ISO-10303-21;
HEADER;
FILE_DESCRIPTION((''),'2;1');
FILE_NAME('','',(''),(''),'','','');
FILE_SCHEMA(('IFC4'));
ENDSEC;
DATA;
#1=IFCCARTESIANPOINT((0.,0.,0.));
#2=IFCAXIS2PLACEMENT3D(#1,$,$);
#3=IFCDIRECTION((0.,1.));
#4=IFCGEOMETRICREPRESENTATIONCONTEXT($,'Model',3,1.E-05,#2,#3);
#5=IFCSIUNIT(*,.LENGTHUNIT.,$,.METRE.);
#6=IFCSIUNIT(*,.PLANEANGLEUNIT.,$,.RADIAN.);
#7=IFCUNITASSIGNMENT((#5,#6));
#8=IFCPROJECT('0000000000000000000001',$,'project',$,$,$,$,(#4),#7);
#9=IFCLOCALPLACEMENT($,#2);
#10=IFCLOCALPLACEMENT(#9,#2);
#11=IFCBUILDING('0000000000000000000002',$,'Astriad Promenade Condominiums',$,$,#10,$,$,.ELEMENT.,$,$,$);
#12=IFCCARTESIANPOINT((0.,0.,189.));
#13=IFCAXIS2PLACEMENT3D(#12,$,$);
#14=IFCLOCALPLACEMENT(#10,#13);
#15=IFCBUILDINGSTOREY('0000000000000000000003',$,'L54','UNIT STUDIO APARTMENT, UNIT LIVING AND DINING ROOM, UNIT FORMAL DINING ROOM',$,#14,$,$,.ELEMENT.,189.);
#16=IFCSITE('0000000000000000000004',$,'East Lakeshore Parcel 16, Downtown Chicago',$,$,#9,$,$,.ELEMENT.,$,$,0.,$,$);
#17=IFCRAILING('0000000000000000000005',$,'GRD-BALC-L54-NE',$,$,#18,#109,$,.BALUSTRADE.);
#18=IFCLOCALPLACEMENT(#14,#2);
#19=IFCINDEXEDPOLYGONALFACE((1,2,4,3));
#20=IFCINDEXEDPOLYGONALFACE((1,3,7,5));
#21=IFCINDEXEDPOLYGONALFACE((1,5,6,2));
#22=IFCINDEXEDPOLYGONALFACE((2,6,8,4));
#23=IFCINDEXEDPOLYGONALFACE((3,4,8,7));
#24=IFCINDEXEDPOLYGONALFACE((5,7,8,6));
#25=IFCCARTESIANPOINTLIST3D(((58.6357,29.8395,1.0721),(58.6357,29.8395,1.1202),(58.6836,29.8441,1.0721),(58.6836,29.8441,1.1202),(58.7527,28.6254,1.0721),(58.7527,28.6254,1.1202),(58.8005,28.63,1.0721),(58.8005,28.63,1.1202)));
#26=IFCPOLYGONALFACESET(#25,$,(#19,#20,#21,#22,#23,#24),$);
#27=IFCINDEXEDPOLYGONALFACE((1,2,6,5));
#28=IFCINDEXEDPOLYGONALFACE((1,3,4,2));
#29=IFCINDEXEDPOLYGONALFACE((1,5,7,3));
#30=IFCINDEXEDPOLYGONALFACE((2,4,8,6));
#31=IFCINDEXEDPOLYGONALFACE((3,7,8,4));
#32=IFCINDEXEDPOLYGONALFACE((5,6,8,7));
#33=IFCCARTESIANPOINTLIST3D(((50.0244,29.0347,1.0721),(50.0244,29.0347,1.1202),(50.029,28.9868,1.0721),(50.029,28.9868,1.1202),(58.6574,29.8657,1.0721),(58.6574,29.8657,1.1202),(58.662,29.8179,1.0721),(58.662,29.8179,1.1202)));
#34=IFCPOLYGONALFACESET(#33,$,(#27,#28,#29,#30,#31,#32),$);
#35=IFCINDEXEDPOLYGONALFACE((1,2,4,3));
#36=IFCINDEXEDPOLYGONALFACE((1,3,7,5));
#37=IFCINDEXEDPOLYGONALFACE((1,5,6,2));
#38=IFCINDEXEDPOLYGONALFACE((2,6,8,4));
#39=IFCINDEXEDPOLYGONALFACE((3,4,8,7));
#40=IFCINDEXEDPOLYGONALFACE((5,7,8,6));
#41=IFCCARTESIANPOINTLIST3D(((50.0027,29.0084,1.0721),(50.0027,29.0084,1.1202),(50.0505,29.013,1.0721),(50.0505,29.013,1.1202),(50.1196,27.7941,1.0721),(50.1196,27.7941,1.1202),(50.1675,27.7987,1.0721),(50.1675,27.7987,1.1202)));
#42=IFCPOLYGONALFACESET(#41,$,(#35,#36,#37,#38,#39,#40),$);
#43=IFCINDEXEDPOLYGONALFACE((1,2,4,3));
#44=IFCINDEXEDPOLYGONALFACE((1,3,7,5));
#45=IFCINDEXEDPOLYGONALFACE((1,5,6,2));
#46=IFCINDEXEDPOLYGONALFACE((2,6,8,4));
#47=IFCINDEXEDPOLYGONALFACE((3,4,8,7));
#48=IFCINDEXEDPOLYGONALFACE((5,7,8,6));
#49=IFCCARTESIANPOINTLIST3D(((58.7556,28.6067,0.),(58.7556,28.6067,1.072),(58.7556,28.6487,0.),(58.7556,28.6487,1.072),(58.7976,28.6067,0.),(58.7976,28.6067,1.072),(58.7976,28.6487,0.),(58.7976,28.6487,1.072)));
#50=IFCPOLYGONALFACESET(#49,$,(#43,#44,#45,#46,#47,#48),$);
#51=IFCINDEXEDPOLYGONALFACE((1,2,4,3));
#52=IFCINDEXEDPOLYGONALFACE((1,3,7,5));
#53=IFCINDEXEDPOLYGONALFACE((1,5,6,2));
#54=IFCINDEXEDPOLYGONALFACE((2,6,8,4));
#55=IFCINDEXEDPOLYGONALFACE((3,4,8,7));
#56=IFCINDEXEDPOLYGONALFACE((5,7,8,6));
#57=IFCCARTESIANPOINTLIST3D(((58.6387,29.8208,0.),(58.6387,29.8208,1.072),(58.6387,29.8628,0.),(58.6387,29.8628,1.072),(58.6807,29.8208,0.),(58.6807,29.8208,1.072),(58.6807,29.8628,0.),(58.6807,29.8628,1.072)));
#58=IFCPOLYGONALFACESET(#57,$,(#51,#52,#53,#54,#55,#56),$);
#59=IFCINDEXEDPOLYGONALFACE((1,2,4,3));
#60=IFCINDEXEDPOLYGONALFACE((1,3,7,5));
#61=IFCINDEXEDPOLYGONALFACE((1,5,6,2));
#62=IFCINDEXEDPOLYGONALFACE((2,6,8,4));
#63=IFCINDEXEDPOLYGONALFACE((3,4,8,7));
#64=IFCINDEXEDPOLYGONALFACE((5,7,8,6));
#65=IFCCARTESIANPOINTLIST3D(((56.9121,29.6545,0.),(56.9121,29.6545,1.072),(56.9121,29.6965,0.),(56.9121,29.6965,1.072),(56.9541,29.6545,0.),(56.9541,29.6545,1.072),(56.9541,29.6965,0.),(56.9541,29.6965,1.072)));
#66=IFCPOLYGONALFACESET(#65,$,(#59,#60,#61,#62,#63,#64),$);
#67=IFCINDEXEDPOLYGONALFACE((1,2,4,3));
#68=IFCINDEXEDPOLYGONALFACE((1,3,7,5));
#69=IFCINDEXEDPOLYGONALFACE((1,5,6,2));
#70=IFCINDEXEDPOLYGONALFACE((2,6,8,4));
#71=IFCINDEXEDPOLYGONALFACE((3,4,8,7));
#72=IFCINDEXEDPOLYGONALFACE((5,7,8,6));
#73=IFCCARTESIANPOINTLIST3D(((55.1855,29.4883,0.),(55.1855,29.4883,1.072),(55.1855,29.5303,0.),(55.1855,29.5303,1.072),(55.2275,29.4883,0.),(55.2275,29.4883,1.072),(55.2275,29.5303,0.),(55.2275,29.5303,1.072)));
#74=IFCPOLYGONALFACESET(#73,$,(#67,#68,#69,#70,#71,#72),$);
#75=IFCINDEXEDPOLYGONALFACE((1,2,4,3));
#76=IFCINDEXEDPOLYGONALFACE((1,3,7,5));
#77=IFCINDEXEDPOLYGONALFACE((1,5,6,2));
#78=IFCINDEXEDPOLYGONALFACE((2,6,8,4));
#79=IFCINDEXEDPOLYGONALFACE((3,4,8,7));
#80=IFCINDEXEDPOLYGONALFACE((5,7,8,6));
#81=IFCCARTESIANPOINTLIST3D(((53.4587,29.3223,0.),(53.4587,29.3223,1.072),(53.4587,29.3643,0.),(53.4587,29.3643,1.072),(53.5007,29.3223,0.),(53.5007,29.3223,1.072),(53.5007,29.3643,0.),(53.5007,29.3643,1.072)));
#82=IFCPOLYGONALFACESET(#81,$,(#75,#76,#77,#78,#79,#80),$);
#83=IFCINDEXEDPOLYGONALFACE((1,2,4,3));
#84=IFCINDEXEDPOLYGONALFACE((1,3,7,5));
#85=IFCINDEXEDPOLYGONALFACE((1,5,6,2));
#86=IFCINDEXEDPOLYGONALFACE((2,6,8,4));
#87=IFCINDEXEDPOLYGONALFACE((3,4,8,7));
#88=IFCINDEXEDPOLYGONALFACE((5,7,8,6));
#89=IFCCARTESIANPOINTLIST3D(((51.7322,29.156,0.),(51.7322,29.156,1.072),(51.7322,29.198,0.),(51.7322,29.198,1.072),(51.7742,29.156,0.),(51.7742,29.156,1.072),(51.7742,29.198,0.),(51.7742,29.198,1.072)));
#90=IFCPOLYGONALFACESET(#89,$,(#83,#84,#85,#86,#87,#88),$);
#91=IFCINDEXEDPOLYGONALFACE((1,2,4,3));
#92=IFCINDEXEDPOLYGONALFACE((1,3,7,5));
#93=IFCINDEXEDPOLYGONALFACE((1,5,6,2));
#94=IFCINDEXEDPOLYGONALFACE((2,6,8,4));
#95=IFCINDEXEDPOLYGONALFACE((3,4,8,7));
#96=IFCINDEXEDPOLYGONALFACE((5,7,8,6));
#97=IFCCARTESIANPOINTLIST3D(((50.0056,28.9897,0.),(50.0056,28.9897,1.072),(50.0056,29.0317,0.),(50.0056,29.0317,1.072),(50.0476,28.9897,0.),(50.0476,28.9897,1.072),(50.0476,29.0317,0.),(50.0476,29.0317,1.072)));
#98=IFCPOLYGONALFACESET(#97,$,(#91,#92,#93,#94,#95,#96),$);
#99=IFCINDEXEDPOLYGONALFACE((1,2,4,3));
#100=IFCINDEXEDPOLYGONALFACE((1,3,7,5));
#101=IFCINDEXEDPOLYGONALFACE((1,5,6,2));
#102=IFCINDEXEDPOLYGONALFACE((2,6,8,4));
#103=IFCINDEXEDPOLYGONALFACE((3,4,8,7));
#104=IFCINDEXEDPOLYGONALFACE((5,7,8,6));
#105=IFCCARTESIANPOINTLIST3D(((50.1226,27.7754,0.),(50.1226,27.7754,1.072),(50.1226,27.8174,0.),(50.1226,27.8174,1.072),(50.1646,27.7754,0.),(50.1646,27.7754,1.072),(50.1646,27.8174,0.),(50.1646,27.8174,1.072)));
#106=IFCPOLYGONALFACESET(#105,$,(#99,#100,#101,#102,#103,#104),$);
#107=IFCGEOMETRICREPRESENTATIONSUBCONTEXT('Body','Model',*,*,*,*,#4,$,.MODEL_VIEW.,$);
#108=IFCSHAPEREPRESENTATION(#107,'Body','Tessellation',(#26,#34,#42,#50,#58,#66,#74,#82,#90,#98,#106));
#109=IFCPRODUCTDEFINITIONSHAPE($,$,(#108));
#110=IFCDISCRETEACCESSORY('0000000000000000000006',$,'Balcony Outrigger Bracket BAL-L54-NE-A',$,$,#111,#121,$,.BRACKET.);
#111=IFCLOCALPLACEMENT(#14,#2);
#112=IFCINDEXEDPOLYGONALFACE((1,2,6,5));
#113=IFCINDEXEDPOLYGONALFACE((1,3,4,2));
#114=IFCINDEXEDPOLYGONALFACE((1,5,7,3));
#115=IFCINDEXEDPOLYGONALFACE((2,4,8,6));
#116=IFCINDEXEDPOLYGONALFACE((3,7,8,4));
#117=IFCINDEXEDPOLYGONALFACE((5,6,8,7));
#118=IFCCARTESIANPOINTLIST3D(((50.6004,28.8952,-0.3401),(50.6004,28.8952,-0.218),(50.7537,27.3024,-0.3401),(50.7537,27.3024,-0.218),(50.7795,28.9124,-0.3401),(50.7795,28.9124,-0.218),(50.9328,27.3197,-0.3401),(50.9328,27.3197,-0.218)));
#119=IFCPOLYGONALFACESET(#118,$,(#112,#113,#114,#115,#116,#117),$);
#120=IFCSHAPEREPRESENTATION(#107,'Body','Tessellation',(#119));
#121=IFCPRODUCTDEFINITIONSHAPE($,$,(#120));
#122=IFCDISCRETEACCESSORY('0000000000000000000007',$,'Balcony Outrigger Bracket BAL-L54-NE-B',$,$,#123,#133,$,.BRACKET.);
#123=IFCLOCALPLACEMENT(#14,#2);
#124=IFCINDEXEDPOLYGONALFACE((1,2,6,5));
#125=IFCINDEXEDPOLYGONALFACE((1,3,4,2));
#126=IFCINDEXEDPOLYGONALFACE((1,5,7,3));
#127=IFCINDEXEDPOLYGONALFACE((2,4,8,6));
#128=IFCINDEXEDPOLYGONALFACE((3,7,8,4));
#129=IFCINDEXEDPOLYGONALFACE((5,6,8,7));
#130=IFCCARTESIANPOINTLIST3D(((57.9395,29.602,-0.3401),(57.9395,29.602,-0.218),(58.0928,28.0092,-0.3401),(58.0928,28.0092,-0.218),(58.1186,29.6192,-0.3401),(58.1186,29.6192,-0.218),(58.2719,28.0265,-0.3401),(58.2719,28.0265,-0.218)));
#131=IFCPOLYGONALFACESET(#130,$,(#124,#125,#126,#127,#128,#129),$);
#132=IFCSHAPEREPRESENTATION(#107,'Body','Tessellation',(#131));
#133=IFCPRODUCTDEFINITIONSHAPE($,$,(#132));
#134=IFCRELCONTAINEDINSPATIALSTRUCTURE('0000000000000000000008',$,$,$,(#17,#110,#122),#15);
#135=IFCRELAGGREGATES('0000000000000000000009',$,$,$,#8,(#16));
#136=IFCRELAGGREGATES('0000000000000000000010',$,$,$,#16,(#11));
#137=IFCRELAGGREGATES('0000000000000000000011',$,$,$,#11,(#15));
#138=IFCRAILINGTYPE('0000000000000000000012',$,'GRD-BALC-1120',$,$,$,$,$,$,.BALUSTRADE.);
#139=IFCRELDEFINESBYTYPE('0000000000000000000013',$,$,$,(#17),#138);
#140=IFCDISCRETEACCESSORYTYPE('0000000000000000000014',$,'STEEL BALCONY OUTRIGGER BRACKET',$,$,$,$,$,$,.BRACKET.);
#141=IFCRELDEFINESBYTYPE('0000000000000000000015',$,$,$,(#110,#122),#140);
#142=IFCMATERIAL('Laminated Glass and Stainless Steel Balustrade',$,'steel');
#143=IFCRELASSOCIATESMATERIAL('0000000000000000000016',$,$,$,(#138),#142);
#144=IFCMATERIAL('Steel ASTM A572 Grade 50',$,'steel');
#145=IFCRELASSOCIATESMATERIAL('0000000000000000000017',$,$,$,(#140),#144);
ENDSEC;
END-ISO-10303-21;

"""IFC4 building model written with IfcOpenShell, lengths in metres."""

from ifc_helpers import new_model, si_unit, direction, frame, origin, origin_2d, place, context, subcontext, project, spatial, rectangle, extrude, source, transform, mapped, material, type_object, type_shapes, element, save


model = new_model("IFC4")

# Units and contexts
model_context = context("Model", 3, precision=1e-05, world=origin(), true_north=direction((0.0, 1.0)))
body_context = subcontext(model_context, "Body", "Model", "MODEL_VIEW")
ifc_project = project(units=[si_unit("LENGTHUNIT", "METRE"), si_unit("PLANEANGLEUNIT", "RADIAN")], contexts=[model_context])

# Site, building, storey
site_placement = place(None, origin())
site = spatial("IfcSite", under=ifc_project, at=site_placement, Name="East Lakeshore Parcel 16, Downtown Chicago", CompositionType="ELEMENT", RefElevation=0.0)
building_placement = place(site_placement, origin())
building = spatial("IfcBuilding", under=site, at=building_placement, Name="Astriad Promenade Condominiums", CompositionType="ELEMENT")
storey_placement = place(building_placement, frame((0.0, 0.0, 189.0)))
storey = spatial("IfcBuildingStorey", under=building, at=storey_placement, Name="L54", Description="UNIT STUDIO APARTMENT, UNIT LIVING AND DINING ROOM, UNIT FORMAL DINING ROOM", CompositionType="ELEMENT", Elevation=189.0)

# Railing
ifc_material_1 = material(Name="Laminated Glass and Stainless Steel Balustrade", Category="steel")
railing_type = type_object("IfcRailingType", Name="GRD-BALC-1120", PredefinedType="BALUSTRADE", material=ifc_material_1)
shared_shape_1 = source(origin(), body_context, "Body", "SweptSolid", [
    extrude(rectangle(XDim=0.0481, YDim=0.0481, at=origin_2d()), frame((0.0, 0.0, 1.0962), z_axis=(-0.095876, 0.995393, 0.0), x_axis=(-0.995393, -0.095876, 0.0)), (0.0, 0.0, 1.0), 1.2197),
    extrude(rectangle(XDim=0.0481, YDim=0.0481, at=origin_2d()), frame((-0.1169, 1.2141, 1.0962), z_axis=(-0.995399, -0.095821, 0.0), x_axis=(0.095821, -0.995399, 0.0)), (0.0, 0.0, 1.0), 8.6729),
    extrude(rectangle(XDim=0.0481, YDim=0.0481, at=origin_2d()), frame((-8.75, 0.3831, 1.0962), z_axis=(0.095857, -0.995395, 0.0), x_axis=(0.995395, 0.095857, 0.0)), (0.0, 0.0, 1.0), 1.22),
    extrude(rectangle(XDim=0.042, YDim=0.042, at=origin_2d()), origin(), (0.0, 0.0, 1.0), 1.072),
    extrude(rectangle(XDim=0.042, YDim=0.042, at=origin_2d()), frame((-0.1169, 1.2141, 0.0)), (0.0, 0.0, 1.0), 1.072),
    extrude(rectangle(XDim=0.042, YDim=0.042, at=origin_2d()), frame((-1.8435, 1.0479, 0.0)), (0.0, 0.0, 1.0), 1.072),
    extrude(rectangle(XDim=0.042, YDim=0.042, at=origin_2d()), frame((-3.5701, 0.8816, 0.0)), (0.0, 0.0, 1.0), 1.072),
    extrude(rectangle(XDim=0.042, YDim=0.042, at=origin_2d()), frame((-5.2969, 0.7156, 0.0)), (0.0, 0.0, 1.0), 1.072),
    extrude(rectangle(XDim=0.042, YDim=0.042, at=origin_2d()), frame((-7.0234, 0.5493, 0.0)), (0.0, 0.0, 1.0), 1.072),
    extrude(rectangle(XDim=0.042, YDim=0.042, at=origin_2d()), frame((-8.75, 0.3831, 0.0)), (0.0, 0.0, 1.0), 1.072),
    extrude(rectangle(XDim=0.042, YDim=0.042, at=origin_2d()), frame((-8.6331, -0.8313, 0.0)), (0.0, 0.0, 1.0), 1.072),
])
type_shapes(railing_type, [shared_shape_1])
railing_placement = place(storey_placement, frame((58.7766, 28.6277, 0.0)))
element("IfcRailing", 1, at=railing_placement, inside=storey, type_object=railing_type, Name="GRD-BALC-L54-NE", PredefinedType="BALUSTRADE", context=body_context, shape_type="MappedRepresentation", body=[
    mapped(shared_shape_1, transform((0.0, 0.0, 0.0), scale=1.0)),
])

# Discrete accessories
ifc_material_2 = material(Name="Steel ASTM A572 Grade 50", Category="steel")
discrete_accessory_type = type_object("IfcDiscreteAccessoryType", Name="STEEL BALCONY OUTRIGGER BRACKET", PredefinedType="BRACKET", material=ifc_material_2)
shared_shape_2 = source(origin(), body_context, "Body", "SweptSolid", [
    extrude(rectangle(XDim=1.6001, YDim=0.1799, at=origin_2d()), origin(), (0.0, 0.0, 1.0), 0.1221),
])
type_shapes(discrete_accessory_type, [shared_shape_2])
for number, where, z_axis, x_axis, name in (
    (2, (50.7666, 28.1074, -0.3401), (0.0, 0.0, 1.0), (-0.095846, 0.995396, 0.0), "Balcony Outrigger Bracket BAL-L54-NE-A"),
    (3, (58.1057, 28.8142, -0.3401), (0.0, 0.0, 1.0), (-0.095846, 0.995396, 0.0), "Balcony Outrigger Bracket BAL-L54-NE-B"),
):
    element("IfcDiscreteAccessory", number, at=place(storey_placement, frame(where, z_axis=z_axis, x_axis=x_axis)), inside=storey, type_object=discrete_accessory_type, Name=name, PredefinedType="BRACKET", context=body_context, shape_type="MappedRepresentation", body=[
        mapped(shared_shape_2, transform((0.0, 0.0, 0.0), scale=1.0)),
    ])

save(model, "model.ifc")
